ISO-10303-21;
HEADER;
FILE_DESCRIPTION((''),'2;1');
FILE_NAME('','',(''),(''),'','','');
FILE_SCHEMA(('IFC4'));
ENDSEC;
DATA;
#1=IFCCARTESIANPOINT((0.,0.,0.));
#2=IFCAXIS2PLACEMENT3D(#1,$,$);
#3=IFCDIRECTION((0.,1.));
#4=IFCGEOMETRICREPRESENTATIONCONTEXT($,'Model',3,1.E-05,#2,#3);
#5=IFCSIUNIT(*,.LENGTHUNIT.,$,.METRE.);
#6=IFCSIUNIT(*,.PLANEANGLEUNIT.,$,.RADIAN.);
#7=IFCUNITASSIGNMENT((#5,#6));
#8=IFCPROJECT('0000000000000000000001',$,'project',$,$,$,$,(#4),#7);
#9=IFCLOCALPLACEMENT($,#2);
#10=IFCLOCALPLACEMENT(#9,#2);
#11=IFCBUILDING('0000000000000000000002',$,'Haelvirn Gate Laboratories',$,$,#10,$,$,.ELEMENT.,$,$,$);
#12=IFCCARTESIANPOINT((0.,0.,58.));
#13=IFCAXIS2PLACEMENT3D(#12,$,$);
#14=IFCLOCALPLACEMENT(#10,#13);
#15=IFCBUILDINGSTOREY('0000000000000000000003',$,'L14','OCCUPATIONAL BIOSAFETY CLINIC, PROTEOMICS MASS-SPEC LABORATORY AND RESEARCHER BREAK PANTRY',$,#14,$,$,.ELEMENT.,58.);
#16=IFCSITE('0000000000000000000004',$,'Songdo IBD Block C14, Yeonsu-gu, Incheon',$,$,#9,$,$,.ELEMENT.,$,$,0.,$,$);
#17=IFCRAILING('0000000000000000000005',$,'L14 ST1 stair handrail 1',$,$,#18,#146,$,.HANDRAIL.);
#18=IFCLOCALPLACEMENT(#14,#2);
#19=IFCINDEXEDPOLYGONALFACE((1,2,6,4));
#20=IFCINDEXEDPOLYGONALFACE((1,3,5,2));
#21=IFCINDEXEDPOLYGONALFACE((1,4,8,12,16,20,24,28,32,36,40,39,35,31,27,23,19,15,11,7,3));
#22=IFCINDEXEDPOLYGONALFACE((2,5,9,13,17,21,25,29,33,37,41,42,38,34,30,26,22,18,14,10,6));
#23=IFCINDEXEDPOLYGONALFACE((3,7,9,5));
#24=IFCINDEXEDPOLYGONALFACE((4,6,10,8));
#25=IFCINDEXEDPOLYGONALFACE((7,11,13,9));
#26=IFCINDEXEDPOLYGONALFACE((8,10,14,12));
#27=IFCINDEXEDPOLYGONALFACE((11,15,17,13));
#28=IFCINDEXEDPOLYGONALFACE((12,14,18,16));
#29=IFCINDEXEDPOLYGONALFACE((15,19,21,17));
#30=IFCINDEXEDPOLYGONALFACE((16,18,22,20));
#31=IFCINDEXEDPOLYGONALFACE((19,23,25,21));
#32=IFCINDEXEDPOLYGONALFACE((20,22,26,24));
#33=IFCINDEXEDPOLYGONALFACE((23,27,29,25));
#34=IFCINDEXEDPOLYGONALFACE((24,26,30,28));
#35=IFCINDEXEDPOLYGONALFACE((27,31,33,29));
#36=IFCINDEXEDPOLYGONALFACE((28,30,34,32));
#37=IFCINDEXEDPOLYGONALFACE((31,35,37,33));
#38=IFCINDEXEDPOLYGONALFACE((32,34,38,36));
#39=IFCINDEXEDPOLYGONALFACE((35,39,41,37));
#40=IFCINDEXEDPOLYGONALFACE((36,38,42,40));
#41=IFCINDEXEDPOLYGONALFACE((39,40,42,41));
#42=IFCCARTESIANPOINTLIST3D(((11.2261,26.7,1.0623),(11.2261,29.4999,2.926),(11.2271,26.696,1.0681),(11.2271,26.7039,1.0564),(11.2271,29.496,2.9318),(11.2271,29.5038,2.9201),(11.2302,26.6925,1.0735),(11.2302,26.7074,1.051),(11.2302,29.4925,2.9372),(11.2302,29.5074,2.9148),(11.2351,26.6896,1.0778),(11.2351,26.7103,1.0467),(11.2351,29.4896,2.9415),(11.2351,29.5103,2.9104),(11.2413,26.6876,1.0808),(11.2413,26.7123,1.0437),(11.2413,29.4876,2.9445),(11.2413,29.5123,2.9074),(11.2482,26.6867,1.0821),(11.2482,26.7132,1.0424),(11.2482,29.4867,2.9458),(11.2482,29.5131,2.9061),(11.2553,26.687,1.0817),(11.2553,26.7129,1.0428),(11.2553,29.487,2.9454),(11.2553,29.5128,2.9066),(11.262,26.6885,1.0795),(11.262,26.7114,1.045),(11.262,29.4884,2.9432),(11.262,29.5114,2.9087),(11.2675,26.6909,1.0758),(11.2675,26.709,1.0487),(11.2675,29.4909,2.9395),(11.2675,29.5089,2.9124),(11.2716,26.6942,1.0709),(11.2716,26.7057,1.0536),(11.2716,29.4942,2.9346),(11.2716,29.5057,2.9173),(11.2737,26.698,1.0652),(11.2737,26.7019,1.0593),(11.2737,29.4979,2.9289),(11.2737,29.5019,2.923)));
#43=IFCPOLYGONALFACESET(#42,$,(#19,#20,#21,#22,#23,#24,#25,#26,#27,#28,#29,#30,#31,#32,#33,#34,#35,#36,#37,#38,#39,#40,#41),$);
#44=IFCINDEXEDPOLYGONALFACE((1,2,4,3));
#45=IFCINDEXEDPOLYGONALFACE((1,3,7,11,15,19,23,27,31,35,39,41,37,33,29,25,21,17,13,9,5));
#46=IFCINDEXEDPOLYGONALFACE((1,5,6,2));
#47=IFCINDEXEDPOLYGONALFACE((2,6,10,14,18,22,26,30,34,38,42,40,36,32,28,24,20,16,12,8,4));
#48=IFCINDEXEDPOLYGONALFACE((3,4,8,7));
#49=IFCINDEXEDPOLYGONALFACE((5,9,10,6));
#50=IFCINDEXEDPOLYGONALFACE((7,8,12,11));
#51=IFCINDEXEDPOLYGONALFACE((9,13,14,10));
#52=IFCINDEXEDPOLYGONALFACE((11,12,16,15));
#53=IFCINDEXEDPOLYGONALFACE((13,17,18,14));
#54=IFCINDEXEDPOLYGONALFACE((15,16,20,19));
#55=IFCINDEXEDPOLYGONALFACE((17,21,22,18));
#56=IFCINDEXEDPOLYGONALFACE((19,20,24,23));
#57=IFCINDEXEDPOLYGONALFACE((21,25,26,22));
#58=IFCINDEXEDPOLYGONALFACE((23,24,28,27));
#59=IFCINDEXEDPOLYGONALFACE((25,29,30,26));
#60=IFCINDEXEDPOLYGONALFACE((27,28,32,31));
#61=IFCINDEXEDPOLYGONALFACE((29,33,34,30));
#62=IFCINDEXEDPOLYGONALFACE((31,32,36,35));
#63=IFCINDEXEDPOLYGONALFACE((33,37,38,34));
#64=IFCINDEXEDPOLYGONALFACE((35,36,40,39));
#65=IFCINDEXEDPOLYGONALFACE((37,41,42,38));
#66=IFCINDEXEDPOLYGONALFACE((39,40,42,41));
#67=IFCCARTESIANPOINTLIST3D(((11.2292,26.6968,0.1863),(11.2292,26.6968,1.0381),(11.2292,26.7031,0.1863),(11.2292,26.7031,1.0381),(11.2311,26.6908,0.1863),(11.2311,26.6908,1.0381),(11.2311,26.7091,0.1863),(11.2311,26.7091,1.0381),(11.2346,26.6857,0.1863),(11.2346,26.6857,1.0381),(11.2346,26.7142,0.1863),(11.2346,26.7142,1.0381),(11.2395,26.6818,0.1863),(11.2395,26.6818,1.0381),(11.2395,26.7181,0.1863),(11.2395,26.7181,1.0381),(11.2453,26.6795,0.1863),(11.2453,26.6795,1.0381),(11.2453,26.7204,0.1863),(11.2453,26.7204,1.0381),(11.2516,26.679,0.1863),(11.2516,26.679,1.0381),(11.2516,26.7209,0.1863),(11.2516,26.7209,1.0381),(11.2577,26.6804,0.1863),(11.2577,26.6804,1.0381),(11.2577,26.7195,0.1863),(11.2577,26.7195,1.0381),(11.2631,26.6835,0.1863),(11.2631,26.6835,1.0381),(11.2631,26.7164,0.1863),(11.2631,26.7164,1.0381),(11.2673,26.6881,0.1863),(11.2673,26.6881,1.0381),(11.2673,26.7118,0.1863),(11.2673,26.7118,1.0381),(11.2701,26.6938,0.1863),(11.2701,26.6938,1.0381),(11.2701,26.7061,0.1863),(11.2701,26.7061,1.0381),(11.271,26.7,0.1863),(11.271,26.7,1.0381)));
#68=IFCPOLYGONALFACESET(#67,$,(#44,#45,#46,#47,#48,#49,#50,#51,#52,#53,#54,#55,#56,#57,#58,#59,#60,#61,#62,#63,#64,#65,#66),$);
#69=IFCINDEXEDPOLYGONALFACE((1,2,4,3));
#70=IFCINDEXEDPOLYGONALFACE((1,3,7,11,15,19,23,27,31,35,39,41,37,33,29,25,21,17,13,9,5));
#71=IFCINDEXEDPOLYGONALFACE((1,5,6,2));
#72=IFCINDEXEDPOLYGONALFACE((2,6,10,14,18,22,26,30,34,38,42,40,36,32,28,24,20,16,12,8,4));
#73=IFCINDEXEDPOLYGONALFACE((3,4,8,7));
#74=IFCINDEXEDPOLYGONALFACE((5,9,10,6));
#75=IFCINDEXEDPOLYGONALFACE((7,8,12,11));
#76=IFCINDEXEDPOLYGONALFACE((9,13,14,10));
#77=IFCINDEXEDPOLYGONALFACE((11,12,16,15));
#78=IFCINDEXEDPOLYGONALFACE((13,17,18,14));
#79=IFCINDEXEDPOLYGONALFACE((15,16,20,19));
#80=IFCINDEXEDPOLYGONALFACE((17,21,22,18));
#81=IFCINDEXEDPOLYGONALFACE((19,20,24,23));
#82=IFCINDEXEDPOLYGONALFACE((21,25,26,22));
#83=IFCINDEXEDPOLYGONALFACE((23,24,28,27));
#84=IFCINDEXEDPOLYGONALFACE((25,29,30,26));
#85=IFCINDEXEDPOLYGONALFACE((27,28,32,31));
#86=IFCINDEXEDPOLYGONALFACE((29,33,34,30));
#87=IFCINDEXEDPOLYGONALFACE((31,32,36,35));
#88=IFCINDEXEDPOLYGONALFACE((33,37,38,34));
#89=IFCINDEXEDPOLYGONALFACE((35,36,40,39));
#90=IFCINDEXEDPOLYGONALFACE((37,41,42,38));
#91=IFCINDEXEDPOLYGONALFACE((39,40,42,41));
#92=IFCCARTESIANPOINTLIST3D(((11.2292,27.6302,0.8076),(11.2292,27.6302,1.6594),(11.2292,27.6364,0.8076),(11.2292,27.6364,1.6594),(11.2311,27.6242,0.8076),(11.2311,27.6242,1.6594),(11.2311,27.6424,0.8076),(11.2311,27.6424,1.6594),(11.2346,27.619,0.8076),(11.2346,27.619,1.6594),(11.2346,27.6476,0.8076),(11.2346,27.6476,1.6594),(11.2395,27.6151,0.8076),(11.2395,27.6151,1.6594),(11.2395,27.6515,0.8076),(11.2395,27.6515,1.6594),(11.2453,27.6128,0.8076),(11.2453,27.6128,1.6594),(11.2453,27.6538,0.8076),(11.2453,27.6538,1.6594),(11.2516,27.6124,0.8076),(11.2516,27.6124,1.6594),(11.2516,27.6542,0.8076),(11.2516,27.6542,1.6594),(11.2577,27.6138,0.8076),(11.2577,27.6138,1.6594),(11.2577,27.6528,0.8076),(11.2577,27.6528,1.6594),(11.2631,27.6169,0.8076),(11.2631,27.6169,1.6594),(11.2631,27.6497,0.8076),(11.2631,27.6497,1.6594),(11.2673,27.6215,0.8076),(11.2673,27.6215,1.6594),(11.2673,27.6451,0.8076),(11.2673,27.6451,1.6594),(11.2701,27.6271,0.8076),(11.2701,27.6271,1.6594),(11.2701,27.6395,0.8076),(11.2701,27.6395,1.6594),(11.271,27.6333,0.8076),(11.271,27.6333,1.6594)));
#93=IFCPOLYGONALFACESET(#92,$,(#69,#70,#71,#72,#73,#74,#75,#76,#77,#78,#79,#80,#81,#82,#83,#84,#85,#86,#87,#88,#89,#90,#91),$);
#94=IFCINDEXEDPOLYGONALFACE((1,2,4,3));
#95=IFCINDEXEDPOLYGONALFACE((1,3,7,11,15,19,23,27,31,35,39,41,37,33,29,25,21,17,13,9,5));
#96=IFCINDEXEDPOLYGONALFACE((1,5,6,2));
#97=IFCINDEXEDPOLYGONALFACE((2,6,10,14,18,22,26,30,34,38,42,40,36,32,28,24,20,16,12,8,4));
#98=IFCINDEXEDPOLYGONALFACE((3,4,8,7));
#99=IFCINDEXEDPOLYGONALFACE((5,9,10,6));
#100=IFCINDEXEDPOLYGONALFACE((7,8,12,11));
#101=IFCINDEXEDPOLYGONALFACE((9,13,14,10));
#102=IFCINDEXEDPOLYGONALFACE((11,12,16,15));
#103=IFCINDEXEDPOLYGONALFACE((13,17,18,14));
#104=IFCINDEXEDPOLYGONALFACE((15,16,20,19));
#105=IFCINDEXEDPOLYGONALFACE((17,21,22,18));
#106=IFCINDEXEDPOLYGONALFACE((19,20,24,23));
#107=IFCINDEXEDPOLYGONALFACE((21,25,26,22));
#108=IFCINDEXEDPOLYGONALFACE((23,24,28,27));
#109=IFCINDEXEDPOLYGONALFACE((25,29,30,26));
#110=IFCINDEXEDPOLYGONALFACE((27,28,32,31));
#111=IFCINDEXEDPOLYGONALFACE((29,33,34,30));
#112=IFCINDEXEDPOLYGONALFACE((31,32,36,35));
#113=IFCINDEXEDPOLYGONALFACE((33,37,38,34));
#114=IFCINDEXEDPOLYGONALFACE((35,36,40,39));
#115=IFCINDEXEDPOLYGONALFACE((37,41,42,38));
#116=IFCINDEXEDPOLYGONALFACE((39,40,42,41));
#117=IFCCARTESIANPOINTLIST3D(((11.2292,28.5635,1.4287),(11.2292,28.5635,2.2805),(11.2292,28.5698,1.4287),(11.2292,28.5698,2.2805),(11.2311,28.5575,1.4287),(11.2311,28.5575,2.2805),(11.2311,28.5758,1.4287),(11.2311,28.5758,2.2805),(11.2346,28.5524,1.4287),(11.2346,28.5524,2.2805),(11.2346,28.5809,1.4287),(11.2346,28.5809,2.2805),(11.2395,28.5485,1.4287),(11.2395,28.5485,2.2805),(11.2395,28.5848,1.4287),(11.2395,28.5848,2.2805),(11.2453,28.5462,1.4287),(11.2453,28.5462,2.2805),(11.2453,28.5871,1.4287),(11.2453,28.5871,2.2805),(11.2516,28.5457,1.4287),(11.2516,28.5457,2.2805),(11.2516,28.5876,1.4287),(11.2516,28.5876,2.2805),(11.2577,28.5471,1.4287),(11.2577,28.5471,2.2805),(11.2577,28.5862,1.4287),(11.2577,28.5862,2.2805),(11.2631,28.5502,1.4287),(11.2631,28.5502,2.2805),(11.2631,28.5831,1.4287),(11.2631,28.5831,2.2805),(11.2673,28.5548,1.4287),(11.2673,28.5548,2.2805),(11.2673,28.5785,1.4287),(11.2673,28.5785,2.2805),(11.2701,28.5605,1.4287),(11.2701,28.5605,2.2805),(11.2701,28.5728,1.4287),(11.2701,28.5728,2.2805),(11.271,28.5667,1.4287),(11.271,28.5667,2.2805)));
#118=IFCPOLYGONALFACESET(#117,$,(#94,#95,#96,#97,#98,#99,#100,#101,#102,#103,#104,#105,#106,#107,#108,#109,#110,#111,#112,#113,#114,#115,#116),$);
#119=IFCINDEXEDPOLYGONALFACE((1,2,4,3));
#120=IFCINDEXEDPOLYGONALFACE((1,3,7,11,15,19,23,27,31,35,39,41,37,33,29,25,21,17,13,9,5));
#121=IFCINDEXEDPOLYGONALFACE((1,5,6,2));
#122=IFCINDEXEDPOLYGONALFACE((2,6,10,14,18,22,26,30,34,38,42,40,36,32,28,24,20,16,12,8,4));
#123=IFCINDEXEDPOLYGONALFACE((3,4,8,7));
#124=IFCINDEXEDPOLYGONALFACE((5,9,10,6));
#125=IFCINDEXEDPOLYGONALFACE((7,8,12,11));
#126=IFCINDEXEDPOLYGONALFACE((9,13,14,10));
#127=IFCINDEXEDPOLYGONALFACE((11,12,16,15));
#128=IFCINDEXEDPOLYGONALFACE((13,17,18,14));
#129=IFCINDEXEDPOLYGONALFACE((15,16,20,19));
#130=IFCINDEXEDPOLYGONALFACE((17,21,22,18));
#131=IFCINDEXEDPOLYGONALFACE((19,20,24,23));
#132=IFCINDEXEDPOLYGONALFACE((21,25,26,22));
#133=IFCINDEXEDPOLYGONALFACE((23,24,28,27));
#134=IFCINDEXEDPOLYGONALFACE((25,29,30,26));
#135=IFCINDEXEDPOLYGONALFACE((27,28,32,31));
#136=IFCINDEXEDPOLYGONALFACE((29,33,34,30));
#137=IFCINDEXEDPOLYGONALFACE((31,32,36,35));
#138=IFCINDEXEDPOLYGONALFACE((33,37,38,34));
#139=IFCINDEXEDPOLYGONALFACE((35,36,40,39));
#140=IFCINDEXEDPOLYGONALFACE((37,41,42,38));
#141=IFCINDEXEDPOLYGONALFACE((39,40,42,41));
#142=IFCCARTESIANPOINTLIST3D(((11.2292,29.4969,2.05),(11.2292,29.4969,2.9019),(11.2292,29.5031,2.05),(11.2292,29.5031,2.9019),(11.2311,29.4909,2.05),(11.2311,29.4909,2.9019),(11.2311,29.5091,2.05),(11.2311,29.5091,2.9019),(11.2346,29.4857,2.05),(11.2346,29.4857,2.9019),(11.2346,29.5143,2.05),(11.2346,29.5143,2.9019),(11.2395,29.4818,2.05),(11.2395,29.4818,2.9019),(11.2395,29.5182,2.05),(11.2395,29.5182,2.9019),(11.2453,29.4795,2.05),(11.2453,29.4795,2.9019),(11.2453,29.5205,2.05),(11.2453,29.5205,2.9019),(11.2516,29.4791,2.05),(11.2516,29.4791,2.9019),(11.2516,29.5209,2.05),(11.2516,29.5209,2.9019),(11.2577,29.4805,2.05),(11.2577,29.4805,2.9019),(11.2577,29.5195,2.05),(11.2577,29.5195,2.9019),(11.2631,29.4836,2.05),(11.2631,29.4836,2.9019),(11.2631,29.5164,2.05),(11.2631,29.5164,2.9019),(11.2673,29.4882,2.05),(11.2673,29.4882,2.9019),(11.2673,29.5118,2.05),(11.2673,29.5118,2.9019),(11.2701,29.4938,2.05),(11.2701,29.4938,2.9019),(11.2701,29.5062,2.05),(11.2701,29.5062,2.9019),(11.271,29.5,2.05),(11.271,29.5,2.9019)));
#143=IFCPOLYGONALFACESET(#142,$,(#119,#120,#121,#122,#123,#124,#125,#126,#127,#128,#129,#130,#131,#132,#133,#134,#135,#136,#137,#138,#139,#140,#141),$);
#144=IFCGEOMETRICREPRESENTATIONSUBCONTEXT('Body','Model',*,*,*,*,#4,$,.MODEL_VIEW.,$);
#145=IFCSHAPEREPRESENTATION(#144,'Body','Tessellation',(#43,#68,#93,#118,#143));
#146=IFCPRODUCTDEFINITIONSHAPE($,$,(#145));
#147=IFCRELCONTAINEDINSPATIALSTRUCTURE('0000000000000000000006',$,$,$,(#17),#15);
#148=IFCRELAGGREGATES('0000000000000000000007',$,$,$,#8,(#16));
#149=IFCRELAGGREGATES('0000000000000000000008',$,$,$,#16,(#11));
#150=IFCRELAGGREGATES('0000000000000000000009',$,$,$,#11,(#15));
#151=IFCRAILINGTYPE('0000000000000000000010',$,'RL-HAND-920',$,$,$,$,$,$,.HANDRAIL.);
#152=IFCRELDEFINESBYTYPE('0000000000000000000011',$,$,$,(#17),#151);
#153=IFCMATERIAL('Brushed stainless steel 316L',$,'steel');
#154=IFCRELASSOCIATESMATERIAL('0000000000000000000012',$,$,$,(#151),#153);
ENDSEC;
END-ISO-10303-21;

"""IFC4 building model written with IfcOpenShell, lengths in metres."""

from ifc_helpers import new_model, si_unit, direction, frame, origin, origin_2d, place, context, subcontext, project, spatial, circle, extrude, source, transform, mapped, material, type_object, element, save


model = new_model("IFC4")

# Units and contexts
model_context = context("Model", 3, precision=1e-05, world=origin(), true_north=direction((0.0, 1.0)))
body_context = subcontext(model_context, "Body", "Model", "MODEL_VIEW")
ifc_project = project(units=[si_unit("LENGTHUNIT", "METRE"), si_unit("PLANEANGLEUNIT", "RADIAN")], contexts=[model_context])

# Site, building, storey
site_placement = place(None, origin())
site = spatial("IfcSite", under=ifc_project, at=site_placement, Name="Songdo IBD Block C14, Yeonsu-gu, Incheon", CompositionType="ELEMENT", RefElevation=0.0)
building_placement = place(site_placement, origin())
building = spatial("IfcBuilding", under=site, at=building_placement, Name="Haelvirn Gate Laboratories", CompositionType="ELEMENT")
storey_placement = place(building_placement, frame((0.0, 0.0, 58.0)))
storey = spatial("IfcBuildingStorey", under=building, at=storey_placement, Name="L14", Description="OCCUPATIONAL BIOSAFETY CLINIC, PROTEOMICS MASS-SPEC LABORATORY AND RESEARCHER BREAK PANTRY", CompositionType="ELEMENT", Elevation=58.0)

# Railing
ifc_material_1 = material(Name="Brushed stainless steel 316L", Category="steel")
railing_type_1 = type_object("IfcRailingType", Name="RL-HAND-920", PredefinedType="HANDRAIL", material=ifc_material_1)
shared_shape_1 = source(origin(), body_context, "Body", "SweptSolid", [
    extrude(circle(Radius=0.0239, at=origin_2d()), frame((0.0, 0.0, 0.876), z_axis=(0.0, 0.832452, 0.554097), x_axis=(-1.0, 0.0, 0.0)), (0.0, 0.0, 1.0), 3.3635),
    extrude(circle(Radius=0.021, at=origin_2d()), origin(), (0.0, 0.0, 1.0), 0.8518),
    extrude(circle(Radius=0.021, at=origin_2d()), frame((0.0, 0.9333, 0.6213)), (0.0, 0.0, 1.0), 0.8518),
    extrude(circle(Radius=0.021, at=origin_2d()), frame((0.0, 1.8667, 1.2424)), (0.0, 0.0, 1.0), 0.8518),
    extrude(circle(Radius=0.021, at=origin_2d()), frame((0.0, 2.8, 1.8638)), (0.0, 0.0, 1.0), 0.8518),
])
railing_1_placement = place(storey_placement, frame((11.25, 26.7, 0.1863)))
element("IfcRailing", 1, at=railing_1_placement, inside=storey, type_object=railing_type_1, Name="L14 ST1 stair handrail 1", PredefinedType="HANDRAIL", context=body_context, shape_type="MappedRepresentation", body=[
    mapped(shared_shape_1, transform((0.0, 0.0, 0.0), scale=1.0)),
])

save(model, "model.ifc")
